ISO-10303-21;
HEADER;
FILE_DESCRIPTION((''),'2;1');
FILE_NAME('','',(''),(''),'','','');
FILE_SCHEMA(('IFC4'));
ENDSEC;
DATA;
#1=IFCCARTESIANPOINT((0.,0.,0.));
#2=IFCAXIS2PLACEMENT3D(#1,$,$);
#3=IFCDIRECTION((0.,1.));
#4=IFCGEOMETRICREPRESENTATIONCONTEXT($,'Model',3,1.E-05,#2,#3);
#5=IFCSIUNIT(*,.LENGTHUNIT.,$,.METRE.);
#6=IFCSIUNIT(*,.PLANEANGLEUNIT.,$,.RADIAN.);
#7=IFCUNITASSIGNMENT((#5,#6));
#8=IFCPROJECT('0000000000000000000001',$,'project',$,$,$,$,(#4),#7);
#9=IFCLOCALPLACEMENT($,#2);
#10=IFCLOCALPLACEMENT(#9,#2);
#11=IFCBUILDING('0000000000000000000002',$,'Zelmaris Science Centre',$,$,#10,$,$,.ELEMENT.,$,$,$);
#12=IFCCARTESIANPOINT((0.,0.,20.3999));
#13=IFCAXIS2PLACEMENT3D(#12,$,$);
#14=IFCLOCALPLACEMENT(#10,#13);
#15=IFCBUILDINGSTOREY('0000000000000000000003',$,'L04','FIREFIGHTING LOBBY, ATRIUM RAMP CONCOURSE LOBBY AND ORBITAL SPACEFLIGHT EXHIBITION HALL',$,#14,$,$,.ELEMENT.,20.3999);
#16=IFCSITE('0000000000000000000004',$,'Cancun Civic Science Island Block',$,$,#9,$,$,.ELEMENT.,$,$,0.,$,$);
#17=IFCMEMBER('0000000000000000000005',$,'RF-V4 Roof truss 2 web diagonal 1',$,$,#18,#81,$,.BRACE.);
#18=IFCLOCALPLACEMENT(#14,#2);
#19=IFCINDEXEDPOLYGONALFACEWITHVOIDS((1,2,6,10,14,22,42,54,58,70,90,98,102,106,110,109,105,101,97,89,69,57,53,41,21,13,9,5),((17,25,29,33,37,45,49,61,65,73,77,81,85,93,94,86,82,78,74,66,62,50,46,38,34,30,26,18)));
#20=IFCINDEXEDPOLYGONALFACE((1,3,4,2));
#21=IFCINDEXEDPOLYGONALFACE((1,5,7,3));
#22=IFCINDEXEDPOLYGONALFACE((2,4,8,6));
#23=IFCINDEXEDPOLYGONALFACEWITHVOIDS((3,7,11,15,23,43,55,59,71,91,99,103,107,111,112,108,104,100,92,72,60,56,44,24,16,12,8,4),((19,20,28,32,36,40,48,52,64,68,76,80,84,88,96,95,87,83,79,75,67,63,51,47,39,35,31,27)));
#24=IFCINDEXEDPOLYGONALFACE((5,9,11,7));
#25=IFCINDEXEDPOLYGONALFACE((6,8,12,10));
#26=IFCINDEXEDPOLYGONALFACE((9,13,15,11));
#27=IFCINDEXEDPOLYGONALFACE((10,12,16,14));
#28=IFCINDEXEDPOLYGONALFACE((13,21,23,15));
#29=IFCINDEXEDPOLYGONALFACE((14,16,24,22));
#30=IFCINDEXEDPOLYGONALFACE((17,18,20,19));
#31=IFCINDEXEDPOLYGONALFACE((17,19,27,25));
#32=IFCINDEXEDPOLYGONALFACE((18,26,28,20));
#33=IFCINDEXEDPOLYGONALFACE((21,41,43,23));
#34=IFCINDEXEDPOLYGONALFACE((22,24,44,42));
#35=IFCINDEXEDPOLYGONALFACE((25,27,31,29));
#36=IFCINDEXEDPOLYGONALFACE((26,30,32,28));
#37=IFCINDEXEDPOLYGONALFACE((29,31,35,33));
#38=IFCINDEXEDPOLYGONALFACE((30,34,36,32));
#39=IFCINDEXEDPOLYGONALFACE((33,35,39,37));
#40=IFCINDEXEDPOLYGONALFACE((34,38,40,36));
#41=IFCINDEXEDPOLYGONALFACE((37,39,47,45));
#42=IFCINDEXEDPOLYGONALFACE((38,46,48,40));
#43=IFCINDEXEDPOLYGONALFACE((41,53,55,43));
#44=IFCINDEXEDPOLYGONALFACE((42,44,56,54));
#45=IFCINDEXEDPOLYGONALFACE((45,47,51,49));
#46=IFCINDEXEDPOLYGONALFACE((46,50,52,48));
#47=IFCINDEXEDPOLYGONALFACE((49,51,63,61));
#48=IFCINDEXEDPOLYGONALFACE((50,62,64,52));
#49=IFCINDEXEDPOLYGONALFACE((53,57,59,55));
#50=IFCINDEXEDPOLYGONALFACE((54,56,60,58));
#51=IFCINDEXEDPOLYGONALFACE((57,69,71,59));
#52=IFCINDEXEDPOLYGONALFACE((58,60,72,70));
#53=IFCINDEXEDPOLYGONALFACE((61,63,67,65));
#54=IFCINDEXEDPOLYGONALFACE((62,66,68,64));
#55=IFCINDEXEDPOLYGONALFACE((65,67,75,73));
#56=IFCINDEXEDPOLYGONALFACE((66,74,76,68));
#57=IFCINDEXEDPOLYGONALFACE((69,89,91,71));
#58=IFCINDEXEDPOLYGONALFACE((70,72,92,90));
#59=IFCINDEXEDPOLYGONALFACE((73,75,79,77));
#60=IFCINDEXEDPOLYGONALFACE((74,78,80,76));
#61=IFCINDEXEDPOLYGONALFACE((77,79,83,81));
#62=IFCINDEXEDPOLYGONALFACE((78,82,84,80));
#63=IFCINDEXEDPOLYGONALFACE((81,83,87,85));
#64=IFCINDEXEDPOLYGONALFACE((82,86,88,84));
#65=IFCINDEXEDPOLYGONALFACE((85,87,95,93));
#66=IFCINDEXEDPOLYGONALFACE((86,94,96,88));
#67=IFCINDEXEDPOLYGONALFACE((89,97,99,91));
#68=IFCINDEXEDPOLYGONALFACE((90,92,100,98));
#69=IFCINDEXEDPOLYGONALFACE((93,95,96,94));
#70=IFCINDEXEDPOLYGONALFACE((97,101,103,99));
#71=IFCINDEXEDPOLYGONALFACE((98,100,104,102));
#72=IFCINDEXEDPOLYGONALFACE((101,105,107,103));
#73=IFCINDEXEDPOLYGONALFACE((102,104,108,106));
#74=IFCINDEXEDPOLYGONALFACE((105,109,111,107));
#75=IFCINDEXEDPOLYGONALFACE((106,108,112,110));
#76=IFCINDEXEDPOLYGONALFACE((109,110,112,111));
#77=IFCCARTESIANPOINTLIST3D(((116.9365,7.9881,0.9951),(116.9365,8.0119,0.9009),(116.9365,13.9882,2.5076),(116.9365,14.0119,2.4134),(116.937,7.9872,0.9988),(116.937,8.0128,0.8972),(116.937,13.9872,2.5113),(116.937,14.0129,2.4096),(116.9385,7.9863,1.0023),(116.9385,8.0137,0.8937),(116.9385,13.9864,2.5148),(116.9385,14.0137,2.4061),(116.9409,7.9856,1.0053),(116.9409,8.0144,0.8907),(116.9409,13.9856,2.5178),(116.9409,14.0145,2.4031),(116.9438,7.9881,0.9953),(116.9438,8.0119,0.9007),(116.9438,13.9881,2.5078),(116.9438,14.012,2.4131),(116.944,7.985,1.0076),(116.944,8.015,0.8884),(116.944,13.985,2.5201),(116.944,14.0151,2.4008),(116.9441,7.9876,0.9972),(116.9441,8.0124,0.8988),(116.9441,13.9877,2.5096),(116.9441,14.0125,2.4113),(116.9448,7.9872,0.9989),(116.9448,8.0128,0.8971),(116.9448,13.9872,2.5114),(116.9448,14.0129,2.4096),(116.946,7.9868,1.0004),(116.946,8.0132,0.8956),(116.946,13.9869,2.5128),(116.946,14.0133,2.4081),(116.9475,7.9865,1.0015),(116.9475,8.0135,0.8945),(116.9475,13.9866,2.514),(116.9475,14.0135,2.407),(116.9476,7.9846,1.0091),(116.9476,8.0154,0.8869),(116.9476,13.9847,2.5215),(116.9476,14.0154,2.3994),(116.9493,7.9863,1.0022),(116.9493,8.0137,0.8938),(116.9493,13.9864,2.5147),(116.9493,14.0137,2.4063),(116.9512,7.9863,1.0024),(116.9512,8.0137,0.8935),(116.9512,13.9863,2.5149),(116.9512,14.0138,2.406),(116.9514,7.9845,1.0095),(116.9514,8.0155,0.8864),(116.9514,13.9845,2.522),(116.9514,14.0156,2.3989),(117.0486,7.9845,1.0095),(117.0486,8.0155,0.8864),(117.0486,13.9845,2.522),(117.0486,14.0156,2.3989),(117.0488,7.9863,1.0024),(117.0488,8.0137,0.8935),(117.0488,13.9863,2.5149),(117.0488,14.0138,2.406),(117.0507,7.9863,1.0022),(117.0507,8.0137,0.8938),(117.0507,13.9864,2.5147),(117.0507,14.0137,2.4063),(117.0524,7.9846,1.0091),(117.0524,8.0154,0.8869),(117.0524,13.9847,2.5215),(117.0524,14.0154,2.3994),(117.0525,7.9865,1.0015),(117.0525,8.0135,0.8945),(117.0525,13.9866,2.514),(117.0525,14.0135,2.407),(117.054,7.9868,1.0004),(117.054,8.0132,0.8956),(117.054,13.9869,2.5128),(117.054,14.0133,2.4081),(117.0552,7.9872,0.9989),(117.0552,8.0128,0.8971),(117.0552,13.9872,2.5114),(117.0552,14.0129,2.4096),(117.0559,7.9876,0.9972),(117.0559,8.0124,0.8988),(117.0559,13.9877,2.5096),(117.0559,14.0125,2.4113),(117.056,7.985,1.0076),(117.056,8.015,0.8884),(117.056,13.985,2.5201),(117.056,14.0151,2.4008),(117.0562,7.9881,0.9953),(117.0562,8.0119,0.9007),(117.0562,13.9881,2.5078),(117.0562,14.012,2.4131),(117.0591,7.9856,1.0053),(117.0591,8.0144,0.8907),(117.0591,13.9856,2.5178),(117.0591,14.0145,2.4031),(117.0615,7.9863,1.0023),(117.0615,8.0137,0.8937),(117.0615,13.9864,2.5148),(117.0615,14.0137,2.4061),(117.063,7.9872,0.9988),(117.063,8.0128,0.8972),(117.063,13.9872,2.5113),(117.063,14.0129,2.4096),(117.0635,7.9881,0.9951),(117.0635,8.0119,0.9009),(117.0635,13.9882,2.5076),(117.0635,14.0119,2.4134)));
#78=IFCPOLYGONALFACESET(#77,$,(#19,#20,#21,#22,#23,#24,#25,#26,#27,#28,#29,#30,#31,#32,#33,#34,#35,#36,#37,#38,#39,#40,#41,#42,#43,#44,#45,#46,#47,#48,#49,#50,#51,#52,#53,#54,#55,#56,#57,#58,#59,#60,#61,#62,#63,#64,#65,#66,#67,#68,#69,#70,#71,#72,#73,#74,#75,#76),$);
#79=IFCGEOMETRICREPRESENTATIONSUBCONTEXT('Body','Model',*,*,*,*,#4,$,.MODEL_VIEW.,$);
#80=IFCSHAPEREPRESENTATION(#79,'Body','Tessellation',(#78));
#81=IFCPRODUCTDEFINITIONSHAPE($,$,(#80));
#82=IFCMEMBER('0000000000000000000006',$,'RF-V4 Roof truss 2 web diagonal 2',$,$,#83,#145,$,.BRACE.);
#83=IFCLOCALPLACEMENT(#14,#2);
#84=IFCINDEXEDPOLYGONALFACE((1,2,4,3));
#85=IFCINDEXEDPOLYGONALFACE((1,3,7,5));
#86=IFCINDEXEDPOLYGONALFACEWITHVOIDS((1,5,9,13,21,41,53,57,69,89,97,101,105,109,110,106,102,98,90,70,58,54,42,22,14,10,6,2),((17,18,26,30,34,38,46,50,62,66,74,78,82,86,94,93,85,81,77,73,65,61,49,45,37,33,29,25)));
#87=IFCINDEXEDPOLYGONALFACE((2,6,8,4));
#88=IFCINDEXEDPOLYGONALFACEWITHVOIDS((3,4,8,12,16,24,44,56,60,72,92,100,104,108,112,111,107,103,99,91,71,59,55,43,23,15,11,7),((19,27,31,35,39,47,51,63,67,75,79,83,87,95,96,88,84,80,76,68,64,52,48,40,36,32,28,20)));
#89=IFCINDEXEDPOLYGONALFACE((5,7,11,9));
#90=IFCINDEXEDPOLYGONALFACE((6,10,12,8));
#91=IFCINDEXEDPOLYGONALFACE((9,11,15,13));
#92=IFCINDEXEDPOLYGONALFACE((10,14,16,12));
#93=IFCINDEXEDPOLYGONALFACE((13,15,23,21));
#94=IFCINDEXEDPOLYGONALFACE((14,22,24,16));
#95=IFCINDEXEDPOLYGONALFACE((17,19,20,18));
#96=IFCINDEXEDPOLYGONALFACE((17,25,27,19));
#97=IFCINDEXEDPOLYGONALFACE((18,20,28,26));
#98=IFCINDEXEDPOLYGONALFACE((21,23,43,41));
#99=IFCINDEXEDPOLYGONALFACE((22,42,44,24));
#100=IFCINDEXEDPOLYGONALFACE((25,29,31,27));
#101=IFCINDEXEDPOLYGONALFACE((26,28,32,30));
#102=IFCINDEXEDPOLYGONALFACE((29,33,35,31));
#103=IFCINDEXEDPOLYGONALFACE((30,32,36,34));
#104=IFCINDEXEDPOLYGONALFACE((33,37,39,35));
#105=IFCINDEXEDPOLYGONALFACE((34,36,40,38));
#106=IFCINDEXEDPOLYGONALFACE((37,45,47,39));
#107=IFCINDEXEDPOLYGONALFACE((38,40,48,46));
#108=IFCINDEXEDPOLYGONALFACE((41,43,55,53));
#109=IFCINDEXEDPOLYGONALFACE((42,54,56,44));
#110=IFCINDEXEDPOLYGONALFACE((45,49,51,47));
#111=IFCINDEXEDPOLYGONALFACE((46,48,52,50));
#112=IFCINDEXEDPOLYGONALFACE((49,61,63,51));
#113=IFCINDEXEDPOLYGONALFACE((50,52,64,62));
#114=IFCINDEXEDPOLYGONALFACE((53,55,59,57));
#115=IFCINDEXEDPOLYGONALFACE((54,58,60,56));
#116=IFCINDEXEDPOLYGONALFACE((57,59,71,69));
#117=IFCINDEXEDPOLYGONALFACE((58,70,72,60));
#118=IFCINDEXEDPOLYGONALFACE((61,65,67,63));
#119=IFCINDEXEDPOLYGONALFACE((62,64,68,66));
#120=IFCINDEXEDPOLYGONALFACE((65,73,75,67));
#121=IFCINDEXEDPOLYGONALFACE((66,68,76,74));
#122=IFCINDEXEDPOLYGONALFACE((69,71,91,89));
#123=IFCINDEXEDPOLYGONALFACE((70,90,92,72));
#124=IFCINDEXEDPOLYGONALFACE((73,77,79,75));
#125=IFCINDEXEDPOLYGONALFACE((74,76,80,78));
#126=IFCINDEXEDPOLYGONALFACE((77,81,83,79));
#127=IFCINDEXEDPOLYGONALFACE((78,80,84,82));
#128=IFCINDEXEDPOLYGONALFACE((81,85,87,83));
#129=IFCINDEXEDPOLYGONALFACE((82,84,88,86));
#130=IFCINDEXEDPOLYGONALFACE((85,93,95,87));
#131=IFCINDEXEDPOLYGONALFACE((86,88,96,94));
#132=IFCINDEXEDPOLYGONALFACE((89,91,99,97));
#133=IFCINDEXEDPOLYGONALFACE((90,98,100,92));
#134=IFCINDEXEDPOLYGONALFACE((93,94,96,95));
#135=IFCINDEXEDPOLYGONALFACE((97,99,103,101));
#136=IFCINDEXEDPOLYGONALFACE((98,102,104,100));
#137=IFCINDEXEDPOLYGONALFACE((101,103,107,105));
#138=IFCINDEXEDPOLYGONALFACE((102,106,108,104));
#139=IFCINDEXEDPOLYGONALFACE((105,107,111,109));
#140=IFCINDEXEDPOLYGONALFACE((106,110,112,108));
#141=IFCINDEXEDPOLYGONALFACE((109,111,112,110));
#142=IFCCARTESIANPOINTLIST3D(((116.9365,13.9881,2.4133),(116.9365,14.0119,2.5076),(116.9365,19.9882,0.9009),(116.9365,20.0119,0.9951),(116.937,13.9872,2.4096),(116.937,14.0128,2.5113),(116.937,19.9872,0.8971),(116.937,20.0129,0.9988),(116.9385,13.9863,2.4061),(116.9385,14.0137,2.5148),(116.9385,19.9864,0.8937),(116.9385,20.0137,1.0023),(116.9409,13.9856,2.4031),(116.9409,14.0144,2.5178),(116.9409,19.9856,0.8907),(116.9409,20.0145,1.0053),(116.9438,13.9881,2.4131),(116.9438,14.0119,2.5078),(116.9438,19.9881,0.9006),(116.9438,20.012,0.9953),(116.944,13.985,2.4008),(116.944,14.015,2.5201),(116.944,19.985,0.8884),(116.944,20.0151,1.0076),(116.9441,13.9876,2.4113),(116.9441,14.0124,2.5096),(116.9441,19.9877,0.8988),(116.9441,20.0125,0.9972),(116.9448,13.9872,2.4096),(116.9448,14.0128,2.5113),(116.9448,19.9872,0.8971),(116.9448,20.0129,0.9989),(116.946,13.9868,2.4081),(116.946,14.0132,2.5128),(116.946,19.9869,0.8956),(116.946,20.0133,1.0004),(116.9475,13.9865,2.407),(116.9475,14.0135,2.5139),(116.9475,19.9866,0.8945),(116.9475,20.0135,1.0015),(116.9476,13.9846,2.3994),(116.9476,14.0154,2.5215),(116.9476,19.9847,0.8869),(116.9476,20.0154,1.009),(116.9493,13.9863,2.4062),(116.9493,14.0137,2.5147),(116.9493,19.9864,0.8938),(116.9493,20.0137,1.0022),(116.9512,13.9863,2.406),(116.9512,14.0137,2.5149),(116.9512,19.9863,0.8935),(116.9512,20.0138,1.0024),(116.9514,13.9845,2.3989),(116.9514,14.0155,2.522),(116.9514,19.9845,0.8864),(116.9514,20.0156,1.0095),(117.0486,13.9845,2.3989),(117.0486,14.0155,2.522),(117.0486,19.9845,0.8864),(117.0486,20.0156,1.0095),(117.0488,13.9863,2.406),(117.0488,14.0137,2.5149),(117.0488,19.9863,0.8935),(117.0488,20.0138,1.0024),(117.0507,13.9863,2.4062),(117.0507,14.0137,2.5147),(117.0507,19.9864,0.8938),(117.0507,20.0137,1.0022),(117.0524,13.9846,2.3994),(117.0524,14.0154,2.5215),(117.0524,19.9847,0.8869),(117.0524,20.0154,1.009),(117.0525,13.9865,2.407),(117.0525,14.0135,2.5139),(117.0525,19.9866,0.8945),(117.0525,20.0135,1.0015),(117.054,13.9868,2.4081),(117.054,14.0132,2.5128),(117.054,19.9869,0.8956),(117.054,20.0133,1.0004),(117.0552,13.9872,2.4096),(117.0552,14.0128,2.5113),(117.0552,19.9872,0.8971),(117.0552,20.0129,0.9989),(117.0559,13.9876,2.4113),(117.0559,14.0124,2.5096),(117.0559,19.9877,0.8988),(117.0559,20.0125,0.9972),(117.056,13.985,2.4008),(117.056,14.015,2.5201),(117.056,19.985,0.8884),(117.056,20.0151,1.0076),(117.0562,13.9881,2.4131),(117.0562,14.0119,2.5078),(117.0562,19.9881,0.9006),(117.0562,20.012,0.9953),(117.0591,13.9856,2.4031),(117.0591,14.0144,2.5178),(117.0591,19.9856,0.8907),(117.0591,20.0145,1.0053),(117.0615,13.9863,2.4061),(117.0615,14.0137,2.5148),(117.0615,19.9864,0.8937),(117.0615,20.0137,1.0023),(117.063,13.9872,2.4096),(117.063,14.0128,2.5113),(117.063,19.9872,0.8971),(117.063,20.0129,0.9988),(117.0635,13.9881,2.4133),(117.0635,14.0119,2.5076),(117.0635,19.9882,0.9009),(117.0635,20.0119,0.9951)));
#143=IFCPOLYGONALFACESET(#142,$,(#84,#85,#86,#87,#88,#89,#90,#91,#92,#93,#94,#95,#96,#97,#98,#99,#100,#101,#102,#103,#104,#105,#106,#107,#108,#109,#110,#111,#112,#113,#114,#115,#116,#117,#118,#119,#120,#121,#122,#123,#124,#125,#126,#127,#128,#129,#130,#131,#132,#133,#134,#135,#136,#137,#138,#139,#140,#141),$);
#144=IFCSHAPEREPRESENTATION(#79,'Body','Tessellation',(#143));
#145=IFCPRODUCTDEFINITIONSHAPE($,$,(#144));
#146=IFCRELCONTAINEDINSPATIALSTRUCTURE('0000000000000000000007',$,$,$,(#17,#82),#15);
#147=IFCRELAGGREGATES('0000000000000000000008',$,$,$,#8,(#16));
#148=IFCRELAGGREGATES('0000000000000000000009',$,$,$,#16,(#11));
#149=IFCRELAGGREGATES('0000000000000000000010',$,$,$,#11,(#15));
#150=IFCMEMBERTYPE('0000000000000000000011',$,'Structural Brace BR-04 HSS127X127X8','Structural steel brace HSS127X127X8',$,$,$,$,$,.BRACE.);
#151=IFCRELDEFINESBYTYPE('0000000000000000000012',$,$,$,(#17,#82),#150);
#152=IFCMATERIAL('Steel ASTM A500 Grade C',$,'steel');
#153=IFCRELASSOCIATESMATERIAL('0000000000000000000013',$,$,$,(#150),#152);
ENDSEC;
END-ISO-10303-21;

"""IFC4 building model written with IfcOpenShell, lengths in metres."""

from ifc_helpers import new_model, si_unit, direction, frame, origin, origin_2d, place, context, subcontext, project, spatial, hollow_rectangle, extrude, material, material_profile, profile_set, type_object, element, save


model = new_model("IFC4")

# Units and contexts
model_context = context("Model", 3, precision=1e-05, world=origin(), true_north=direction((0.0, 1.0)))
body_context = subcontext(model_context, "Body", "Model", "MODEL_VIEW")
ifc_project = project(units=[si_unit("LENGTHUNIT", "METRE"), si_unit("PLANEANGLEUNIT", "RADIAN")], contexts=[model_context])

# Site, building, storey
site_placement = place(None, origin())
site = spatial("IfcSite", under=ifc_project, at=site_placement, Name="Cancun Civic Science Island Block", CompositionType="ELEMENT", RefElevation=0.0)
building_placement = place(site_placement, origin())
building = spatial("IfcBuilding", under=site, at=building_placement, Name="Zelmaris Science Centre", CompositionType="ELEMENT")
storey_placement = place(building_placement, frame((0.0, 0.0, 20.3999)))
storey = spatial("IfcBuildingStorey", under=building, at=storey_placement, Name="L04", Description="FIREFIGHTING LOBBY, ATRIUM RAMP CONCOURSE LOBBY AND ORBITAL SPACEFLIGHT EXHIBITION HALL", CompositionType="ELEMENT", Elevation=20.3999)

# Shared definitions
ifc_material_1 = material(Name="Steel ASTM A500 Grade C", Category="steel")

# Members
ifc_material_profile_1 = material_profile(ifc_material_1, hollow_rectangle(XDim=0.127, YDim=0.127, WallThickness=0.0073, InnerFilletRadius=0.0073, OuterFilletRadius=0.0149, at=origin_2d()), Name="HSS127X127X8")
ifc_profile_set_1 = profile_set([ifc_material_profile_1], Name="Steel ASTM A500 Grade C")
member_type_1 = type_object("IfcMemberType", Name="Structural Brace BR-04 HSS127X127X8", Description="Structural steel brace HSS127X127X8", PredefinedType="BRACE", material=ifc_profile_set_1)
for number, where, z_axis, x_axis, name in (
    (1, (117.0, 8.0, 0.948), (0.0, 0.969667, 0.244429), (-1.0, 0.0, 0.0), "RF-V4 Roof truss 2 web diagonal 1"),
    (2, (117.0, 14.0, 2.4604), (0.0, 0.969667, -0.244429), (-1.0, 0.0, 0.0), "RF-V4 Roof truss 2 web diagonal 2"),
):
    element("IfcMember", number, at=place(storey_placement, frame(where, z_axis=z_axis, x_axis=x_axis)), inside=storey, type_object=member_type_1, Name=name, PredefinedType="BRACE", context=body_context, shape_type="SweptSolid", body=[
        extrude(hollow_rectangle(XDim=0.127, YDim=0.127, WallThickness=0.0073, InnerFilletRadius=0.0073, OuterFilletRadius=0.0149, at=origin_2d()), origin(), (0.0, 0.0, 1.0), 6.1877),
    ])

save(model, "model.ifc")
